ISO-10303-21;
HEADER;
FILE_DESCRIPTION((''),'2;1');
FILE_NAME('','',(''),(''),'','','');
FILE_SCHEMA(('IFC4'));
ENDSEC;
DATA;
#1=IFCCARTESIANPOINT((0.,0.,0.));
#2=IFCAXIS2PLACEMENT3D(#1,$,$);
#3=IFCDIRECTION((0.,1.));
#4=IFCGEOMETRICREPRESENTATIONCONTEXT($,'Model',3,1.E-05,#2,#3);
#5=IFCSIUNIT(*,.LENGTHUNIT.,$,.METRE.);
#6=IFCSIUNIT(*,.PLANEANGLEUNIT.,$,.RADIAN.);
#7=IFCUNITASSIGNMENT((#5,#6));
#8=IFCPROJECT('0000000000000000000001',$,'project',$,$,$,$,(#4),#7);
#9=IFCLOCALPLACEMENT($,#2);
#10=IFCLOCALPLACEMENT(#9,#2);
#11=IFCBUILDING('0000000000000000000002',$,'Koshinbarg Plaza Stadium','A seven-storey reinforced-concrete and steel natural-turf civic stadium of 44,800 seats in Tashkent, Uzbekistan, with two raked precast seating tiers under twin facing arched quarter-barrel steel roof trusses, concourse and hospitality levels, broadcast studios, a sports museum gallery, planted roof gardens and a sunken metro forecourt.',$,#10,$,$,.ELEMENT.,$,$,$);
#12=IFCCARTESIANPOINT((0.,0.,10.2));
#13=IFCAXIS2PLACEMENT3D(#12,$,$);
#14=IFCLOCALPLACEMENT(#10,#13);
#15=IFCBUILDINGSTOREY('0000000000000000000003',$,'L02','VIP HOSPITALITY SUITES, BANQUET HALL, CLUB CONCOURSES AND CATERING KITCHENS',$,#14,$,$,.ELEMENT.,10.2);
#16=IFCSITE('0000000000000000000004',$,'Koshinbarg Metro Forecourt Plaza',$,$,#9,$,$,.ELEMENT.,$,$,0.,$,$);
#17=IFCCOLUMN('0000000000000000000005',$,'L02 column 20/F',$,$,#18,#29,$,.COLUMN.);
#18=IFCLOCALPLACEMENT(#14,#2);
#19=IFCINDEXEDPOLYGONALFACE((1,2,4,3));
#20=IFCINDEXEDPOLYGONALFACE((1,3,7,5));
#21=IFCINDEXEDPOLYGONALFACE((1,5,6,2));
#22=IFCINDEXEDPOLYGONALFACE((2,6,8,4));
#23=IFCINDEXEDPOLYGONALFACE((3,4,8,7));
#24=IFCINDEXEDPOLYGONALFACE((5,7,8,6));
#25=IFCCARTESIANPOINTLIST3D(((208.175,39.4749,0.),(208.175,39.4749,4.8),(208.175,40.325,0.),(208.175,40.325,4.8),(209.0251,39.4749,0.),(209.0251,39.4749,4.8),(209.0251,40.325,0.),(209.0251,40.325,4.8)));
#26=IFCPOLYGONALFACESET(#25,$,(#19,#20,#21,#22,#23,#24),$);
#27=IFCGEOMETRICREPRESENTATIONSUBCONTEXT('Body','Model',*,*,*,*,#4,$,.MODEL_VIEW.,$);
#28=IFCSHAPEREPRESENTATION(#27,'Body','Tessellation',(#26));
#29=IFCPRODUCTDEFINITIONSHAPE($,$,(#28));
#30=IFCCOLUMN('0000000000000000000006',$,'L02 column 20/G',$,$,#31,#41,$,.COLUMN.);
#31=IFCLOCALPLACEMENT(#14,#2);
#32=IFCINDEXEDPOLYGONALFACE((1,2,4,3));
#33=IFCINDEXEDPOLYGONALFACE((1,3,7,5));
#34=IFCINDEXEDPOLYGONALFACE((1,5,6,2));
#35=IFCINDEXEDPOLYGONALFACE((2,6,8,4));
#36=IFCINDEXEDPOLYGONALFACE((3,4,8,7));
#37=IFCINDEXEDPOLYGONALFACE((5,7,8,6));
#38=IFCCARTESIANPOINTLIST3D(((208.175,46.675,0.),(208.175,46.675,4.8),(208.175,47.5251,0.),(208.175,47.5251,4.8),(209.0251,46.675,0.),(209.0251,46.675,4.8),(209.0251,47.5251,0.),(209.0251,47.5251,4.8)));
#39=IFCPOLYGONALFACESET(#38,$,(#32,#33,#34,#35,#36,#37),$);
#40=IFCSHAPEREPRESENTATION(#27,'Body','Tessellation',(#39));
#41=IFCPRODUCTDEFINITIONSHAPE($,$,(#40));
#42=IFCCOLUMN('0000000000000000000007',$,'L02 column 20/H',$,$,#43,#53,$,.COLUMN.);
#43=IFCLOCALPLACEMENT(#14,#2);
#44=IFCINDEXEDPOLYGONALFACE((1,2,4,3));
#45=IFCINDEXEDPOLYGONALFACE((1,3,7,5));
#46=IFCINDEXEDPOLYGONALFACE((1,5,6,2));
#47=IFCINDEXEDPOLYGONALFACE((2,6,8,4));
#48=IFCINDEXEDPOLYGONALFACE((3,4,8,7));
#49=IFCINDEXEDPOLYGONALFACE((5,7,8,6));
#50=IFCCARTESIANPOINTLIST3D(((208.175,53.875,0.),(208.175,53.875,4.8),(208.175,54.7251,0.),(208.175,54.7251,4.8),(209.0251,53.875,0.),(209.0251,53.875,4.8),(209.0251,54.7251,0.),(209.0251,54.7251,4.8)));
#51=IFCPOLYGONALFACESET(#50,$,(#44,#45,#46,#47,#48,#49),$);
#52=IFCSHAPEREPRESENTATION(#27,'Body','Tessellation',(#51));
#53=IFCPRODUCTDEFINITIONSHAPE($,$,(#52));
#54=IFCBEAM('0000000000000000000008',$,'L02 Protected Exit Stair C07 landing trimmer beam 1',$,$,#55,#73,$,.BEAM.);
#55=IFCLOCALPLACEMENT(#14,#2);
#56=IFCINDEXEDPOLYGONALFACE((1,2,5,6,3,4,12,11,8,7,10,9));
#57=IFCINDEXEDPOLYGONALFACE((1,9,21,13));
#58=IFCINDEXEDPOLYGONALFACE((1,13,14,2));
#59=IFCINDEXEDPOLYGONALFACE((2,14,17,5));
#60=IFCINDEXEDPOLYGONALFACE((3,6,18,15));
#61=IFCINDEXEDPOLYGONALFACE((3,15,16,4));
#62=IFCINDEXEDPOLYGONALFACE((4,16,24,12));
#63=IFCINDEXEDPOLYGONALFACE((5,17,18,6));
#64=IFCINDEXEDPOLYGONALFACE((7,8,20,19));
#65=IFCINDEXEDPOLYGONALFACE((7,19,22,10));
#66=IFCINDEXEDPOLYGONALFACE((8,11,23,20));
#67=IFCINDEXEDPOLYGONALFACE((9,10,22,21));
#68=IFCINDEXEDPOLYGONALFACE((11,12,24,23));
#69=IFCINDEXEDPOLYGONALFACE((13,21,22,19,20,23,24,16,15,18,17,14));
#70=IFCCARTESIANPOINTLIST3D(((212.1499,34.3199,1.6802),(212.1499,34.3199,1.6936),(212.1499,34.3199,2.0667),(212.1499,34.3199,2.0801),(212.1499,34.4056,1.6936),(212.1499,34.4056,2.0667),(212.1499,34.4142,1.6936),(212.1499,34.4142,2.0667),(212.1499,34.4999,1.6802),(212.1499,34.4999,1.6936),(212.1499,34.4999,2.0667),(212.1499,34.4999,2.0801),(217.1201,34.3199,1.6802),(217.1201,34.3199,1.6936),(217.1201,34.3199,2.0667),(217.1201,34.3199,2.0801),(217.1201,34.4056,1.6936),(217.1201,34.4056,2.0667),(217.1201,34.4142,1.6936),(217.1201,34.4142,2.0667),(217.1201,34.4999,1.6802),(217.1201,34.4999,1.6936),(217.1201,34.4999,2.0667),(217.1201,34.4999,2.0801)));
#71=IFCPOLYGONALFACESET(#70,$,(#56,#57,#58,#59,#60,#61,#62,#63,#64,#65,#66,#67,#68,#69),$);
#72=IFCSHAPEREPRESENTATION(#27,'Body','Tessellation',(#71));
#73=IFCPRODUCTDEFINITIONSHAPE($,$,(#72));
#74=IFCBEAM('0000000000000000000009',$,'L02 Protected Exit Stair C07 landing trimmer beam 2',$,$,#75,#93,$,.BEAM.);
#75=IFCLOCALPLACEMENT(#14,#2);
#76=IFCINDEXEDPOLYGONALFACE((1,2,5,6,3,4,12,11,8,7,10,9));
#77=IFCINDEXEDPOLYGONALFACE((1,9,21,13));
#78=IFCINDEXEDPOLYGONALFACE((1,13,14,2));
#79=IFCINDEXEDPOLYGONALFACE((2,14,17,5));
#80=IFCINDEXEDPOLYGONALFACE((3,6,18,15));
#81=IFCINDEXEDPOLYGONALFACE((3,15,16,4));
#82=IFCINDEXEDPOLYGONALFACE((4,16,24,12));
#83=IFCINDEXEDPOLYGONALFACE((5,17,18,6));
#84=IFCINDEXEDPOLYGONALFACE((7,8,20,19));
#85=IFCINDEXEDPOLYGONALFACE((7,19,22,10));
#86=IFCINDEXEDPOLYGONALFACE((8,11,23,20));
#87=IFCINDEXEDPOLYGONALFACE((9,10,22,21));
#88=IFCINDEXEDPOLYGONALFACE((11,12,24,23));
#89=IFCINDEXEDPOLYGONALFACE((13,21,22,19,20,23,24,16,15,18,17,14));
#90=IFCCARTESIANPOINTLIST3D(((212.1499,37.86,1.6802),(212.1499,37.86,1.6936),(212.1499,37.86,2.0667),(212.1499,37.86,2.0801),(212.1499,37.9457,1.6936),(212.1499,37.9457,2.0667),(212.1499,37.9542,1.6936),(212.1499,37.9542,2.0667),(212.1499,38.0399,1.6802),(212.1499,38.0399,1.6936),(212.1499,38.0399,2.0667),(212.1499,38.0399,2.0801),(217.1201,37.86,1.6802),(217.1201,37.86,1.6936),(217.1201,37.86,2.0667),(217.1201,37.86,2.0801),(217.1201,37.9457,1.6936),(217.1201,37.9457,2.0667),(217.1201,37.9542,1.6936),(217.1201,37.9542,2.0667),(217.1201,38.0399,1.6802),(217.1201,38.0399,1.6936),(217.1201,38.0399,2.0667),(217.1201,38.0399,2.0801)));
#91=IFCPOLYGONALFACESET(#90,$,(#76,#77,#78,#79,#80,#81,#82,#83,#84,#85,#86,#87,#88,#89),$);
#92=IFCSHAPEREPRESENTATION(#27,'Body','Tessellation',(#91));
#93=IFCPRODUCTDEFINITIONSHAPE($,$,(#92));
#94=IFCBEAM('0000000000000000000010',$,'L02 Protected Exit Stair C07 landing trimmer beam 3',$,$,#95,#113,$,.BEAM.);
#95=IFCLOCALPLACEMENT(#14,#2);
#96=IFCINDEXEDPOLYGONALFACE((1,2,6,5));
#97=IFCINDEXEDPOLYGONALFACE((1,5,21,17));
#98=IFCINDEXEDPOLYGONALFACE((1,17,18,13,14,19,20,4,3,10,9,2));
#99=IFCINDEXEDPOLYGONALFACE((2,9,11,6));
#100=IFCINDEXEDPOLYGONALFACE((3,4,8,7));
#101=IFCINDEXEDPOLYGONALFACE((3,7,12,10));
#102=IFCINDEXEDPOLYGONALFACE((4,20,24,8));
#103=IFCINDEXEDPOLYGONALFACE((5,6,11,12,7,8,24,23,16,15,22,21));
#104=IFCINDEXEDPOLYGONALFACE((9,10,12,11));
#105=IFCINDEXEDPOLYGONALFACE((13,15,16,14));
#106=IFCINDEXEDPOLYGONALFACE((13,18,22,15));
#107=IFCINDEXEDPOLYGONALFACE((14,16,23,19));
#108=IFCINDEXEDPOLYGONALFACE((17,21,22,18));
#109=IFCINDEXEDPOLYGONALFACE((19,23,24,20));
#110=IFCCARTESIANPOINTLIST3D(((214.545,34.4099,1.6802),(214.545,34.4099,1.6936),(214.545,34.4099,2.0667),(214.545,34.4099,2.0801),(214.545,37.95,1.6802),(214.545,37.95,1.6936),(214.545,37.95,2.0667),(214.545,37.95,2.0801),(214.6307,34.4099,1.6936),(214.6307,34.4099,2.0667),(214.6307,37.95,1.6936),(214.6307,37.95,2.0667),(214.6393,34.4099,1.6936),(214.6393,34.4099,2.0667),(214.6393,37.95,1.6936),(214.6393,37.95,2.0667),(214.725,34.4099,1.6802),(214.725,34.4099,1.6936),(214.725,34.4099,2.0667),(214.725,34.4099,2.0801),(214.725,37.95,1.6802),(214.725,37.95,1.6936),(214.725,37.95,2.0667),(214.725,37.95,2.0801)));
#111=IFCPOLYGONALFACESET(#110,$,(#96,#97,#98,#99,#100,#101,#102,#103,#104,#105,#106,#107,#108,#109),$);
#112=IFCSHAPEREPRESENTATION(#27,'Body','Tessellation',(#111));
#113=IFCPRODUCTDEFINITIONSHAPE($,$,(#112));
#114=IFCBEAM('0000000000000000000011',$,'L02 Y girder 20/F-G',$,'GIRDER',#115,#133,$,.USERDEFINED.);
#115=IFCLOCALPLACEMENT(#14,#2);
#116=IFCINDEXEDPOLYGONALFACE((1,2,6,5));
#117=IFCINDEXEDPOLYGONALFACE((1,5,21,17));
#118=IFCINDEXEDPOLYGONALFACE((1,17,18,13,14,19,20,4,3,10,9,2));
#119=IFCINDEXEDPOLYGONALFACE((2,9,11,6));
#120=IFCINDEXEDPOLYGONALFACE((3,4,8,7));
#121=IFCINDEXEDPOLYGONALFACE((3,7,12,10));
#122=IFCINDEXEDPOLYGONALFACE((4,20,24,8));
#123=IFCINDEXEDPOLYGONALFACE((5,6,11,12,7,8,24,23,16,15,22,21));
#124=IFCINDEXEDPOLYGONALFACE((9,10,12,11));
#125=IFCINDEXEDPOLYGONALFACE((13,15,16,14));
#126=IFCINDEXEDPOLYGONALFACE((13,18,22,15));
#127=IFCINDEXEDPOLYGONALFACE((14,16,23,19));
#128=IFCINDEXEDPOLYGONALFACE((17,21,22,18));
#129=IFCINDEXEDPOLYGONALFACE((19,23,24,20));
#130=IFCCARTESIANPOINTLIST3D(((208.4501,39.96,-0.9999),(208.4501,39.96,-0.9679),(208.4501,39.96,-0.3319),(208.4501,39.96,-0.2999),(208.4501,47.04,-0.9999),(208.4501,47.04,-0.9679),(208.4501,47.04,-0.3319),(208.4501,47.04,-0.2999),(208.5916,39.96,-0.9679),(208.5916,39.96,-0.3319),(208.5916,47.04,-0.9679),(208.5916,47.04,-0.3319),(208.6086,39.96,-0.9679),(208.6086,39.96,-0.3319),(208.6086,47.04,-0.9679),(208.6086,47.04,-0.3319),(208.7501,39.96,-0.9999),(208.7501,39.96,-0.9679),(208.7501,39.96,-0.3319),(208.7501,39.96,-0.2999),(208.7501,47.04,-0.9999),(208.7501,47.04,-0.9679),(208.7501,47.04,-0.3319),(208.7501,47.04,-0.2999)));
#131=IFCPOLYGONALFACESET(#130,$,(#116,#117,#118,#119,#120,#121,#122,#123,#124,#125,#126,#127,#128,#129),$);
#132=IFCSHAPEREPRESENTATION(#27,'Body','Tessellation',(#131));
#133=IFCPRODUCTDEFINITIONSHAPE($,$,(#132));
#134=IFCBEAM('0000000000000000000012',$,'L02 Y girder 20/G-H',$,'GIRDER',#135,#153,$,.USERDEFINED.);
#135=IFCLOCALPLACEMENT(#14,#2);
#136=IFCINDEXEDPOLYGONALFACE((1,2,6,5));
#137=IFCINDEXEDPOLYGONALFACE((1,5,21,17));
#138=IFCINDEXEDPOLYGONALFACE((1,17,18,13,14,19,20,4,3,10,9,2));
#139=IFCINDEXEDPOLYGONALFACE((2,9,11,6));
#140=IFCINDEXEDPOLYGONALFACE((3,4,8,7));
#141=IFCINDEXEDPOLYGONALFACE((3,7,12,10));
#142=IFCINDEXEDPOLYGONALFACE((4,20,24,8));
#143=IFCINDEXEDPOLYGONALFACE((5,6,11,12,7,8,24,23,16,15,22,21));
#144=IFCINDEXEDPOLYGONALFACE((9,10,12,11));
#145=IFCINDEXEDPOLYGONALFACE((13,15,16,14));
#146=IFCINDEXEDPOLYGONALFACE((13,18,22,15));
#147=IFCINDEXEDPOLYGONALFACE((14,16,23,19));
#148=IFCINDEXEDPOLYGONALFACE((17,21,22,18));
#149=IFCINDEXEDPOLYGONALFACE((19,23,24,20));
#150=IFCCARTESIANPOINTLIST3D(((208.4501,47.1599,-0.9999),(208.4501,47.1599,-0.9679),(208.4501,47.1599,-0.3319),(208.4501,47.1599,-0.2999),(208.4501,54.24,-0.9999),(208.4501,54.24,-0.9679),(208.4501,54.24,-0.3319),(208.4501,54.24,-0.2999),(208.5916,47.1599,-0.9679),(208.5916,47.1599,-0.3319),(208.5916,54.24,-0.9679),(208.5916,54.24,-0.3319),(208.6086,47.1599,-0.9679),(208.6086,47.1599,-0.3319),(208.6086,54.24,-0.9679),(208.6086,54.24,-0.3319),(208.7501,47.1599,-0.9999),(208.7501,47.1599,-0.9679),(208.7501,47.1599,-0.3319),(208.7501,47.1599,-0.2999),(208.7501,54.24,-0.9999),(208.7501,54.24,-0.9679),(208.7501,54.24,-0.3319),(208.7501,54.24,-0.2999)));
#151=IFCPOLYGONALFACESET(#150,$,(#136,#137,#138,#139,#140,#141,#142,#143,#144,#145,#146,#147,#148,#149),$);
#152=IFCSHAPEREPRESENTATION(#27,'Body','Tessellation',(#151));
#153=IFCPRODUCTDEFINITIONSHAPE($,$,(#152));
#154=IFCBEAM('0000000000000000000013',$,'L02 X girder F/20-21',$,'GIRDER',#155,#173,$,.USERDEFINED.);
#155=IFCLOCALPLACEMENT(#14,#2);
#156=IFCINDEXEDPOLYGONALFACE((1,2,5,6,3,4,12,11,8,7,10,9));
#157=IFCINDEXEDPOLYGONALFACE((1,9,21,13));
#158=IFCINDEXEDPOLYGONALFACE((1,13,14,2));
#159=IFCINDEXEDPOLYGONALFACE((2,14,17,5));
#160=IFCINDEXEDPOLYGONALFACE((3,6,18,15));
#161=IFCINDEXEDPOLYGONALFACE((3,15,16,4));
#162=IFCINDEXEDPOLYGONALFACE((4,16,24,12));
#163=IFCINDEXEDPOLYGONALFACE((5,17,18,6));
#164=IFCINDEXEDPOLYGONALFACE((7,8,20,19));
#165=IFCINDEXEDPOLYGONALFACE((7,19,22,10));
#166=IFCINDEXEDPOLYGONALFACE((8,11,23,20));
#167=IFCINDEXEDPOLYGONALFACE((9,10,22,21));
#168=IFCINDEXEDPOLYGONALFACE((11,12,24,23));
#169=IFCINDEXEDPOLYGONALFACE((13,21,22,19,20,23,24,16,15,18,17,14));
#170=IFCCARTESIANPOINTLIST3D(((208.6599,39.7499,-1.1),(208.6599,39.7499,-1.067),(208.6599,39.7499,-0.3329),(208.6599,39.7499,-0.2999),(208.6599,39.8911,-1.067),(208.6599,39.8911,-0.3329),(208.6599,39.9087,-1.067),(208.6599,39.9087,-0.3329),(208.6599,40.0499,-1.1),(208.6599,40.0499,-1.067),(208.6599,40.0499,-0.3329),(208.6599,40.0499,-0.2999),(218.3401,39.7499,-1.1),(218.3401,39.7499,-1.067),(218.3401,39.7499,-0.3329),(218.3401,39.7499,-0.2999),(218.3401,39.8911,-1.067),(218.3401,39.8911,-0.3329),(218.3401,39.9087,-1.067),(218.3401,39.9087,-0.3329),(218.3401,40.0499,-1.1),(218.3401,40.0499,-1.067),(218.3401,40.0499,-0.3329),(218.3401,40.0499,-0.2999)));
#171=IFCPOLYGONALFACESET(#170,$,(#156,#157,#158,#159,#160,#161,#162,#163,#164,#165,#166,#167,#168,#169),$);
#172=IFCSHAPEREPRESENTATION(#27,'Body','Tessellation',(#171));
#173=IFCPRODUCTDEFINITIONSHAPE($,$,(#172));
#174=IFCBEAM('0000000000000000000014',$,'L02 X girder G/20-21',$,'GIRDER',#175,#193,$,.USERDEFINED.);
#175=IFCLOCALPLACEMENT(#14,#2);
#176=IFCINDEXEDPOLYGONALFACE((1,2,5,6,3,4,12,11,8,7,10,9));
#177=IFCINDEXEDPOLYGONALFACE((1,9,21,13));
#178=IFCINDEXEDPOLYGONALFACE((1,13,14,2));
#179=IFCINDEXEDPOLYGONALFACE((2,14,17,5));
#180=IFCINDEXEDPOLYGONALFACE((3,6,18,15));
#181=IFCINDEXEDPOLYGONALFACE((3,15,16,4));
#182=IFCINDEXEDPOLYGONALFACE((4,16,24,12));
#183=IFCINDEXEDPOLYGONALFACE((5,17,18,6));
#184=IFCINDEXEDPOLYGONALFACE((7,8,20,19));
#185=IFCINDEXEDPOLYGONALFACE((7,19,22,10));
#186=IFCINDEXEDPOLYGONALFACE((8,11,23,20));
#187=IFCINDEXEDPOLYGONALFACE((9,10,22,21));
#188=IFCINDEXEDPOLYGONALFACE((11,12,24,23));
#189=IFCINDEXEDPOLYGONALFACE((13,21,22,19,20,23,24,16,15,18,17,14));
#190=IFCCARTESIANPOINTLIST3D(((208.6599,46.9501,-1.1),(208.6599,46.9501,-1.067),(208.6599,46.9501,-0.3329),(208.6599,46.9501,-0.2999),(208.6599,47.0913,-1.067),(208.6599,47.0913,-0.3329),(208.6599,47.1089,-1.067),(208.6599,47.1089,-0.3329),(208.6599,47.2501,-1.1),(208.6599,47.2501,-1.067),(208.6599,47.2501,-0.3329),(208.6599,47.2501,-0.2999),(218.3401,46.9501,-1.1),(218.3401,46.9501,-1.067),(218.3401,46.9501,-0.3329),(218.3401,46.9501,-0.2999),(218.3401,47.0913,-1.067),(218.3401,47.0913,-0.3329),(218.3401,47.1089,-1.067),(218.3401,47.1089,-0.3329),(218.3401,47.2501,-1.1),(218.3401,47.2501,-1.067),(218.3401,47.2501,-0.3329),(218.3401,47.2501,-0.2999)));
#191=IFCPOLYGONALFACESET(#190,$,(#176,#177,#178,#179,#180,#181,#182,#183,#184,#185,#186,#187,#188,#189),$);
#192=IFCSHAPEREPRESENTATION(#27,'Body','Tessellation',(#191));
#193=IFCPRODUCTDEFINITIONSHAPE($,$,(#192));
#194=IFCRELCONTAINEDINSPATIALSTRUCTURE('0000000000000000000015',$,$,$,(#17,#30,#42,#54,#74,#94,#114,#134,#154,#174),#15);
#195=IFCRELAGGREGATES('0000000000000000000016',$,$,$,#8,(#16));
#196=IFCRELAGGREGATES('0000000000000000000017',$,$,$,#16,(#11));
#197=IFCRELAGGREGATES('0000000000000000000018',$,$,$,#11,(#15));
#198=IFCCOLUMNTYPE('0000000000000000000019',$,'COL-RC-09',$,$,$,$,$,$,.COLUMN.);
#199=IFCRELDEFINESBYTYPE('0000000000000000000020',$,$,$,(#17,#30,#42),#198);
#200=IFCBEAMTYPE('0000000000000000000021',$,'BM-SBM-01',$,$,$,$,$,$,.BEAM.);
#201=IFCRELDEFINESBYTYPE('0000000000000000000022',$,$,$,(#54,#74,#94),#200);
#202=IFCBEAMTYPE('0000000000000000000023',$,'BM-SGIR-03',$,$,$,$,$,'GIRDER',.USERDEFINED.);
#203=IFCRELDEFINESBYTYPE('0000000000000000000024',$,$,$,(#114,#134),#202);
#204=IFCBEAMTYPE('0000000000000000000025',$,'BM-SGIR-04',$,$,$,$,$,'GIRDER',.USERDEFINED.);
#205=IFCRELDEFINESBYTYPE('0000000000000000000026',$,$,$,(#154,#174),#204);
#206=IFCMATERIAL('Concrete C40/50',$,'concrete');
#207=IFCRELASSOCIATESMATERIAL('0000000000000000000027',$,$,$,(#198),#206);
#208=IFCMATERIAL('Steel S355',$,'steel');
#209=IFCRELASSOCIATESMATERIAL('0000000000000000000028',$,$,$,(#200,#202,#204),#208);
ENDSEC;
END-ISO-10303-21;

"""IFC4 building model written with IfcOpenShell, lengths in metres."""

from ifc_helpers import new_model, si_unit, direction, frame, origin, origin_2d, place, context, subcontext, project, spatial, rectangle, i_section, extrude, material, material_profile, profile_set, type_object, element, save


model = new_model("IFC4")

# Units and contexts
model_context = context("Model", 3, precision=1e-05, world=origin(), true_north=direction((0.0, 1.0)))
body_context = subcontext(model_context, "Body", "Model", "MODEL_VIEW")
ifc_project = project(units=[si_unit("LENGTHUNIT", "METRE"), si_unit("PLANEANGLEUNIT", "RADIAN")], contexts=[model_context])

# Site, building, storey
site_placement = place(None, origin())
site = spatial("IfcSite", under=ifc_project, at=site_placement, Name="Koshinbarg Metro Forecourt Plaza", CompositionType="ELEMENT", RefElevation=0.0)
building_placement = place(site_placement, origin())
building = spatial("IfcBuilding", under=site, at=building_placement, Name="Koshinbarg Plaza Stadium", Description="A seven-storey reinforced-concrete and steel natural-turf civic stadium of 44,800 seats in Tashkent, Uzbekistan, with two raked precast seating tiers under twin facing arched quarter-barrel steel roof trusses, concourse and hospitality levels, broadcast studios, a sports museum gallery, planted roof gardens and a sunken metro forecourt.", CompositionType="ELEMENT")
storey_placement = place(building_placement, frame((0.0, 0.0, 10.2)))
storey = spatial("IfcBuildingStorey", under=building, at=storey_placement, Name="L02", Description="VIP HOSPITALITY SUITES, BANQUET HALL, CLUB CONCOURSES AND CATERING KITCHENS", CompositionType="ELEMENT", Elevation=10.2)

# Columns
ifc_material_1 = material(Name="Concrete C40/50", Category="concrete")
ifc_material_profile_1 = material_profile(ifc_material_1, rectangle(XDim=0.8501, YDim=0.8501, at=origin_2d()), Name="RC 850x850")
ifc_profile_set_1 = profile_set([ifc_material_profile_1], Name="Concrete C40/50")
column_type = type_object("IfcColumnType", Name="COL-RC-09", PredefinedType="COLUMN", material=ifc_profile_set_1)
for number, where, z_axis, x_axis, name in (
    (1, (208.6001, 39.8999, 0.0), (0.0, 0.0, 1.0), (1.0, 0.0, 0.0), "L02 column 20/F"),
    (2, (208.6001, 47.1001, 0.0), (0.0, 0.0, 1.0), (1.0, 0.0, 0.0), "L02 column 20/G"),
    (3, (208.6001, 54.3, 0.0), (0.0, 0.0, 1.0), (1.0, 0.0, 0.0), "L02 column 20/H"),
):
    element("IfcColumn", number, at=place(storey_placement, frame(where, z_axis=z_axis, x_axis=x_axis)), inside=storey, type_object=column_type, Name=name, PredefinedType="COLUMN", context=body_context, shape_type="SweptSolid", body=[
        extrude(rectangle(XDim=0.8501, YDim=0.8501, at=origin_2d()), origin(), (0.0, 0.0, 1.0), 4.8),
    ])

# Beams
ifc_material_2 = material(Name="Steel S355", Category="steel")
ifc_material_profile_2 = material_profile(ifc_material_2, i_section(OverallWidth=0.1799, OverallDepth=0.3999, WebThickness=0.0085, FlangeThickness=0.0134, at=origin_2d()), Name="IPE 400")
ifc_profile_set_2 = profile_set([ifc_material_profile_2], Name="Steel S355")
beam_type_1 = type_object("IfcBeamType", Name="BM-SBM-01", PredefinedType="BEAM", material=ifc_profile_set_2)
for number, where, z_axis, x_axis, name in (
    (4, (212.1499, 34.4099, 1.8801), (1.0, 0.0, 0.0), (0.0, 1.0, 0.0), "L02 Protected Exit Stair C07 landing trimmer beam 1"),
    (5, (212.1499, 37.95, 1.8801), (1.0, 0.0, 0.0), (0.0, 1.0, 0.0), "L02 Protected Exit Stair C07 landing trimmer beam 2"),
):
    element("IfcBeam", number, at=place(storey_placement, frame(where, z_axis=z_axis, x_axis=x_axis)), inside=storey, type_object=beam_type_1, Name=name, PredefinedType="BEAM", context=body_context, shape_type="SweptSolid", body=[
        extrude(i_section(OverallWidth=0.1799, OverallDepth=0.3999, WebThickness=0.0085, FlangeThickness=0.0134, at=origin_2d()), origin(), (0.0, 0.0, 1.0), 4.9702),
    ])
beam_placement = place(storey_placement, frame((214.635, 34.4099, 1.8801), z_axis=(0.0, 1.0, 0.0), x_axis=(-1.0, 0.0, 0.0)))
element("IfcBeam", 6, at=beam_placement, inside=storey, type_object=beam_type_1, Name="L02 Protected Exit Stair C07 landing trimmer beam 3", PredefinedType="BEAM", context=body_context, shape_type="SweptSolid", body=[
    extrude(i_section(OverallWidth=0.1799, OverallDepth=0.3999, WebThickness=0.0085, FlangeThickness=0.0134, at=origin_2d()), origin(), (0.0, 0.0, 1.0), 3.54),
])
ifc_material_profile_3 = material_profile(ifc_material_2, i_section(OverallWidth=0.3, OverallDepth=0.7, WebThickness=0.0171, FlangeThickness=0.032, at=origin_2d()), Name="HEB 700")
ifc_profile_set_3 = profile_set([ifc_material_profile_3], Name="Steel S355")
beam_type_2 = type_object("IfcBeamType", Name="BM-SGIR-03", ElementType="GIRDER", PredefinedType="USERDEFINED", material=ifc_profile_set_3)
for number, where, z_axis, x_axis, name in (
    (7, (208.6001, 39.96, -0.6499), (0.0, 1.0, 0.0), (-1.0, 0.0, 0.0), "L02 Y girder 20/F-G"),
    (8, (208.6001, 47.1599, -0.6499), (0.0, 1.0, 0.0), (-1.0, 0.0, 0.0), "L02 Y girder 20/G-H"),
):
    element("IfcBeam", number, at=place(storey_placement, frame(where, z_axis=z_axis, x_axis=x_axis)), inside=storey, type_object=beam_type_2, Name=name, ObjectType="GIRDER", PredefinedType="USERDEFINED", context=body_context, shape_type="SweptSolid", body=[
        extrude(i_section(OverallWidth=0.3, OverallDepth=0.7, WebThickness=0.0171, FlangeThickness=0.032, at=origin_2d()), origin(), (0.0, 0.0, 1.0), 7.0801),
    ])
ifc_material_profile_4 = material_profile(ifc_material_2, i_section(OverallWidth=0.3, OverallDepth=0.8, WebThickness=0.0176, FlangeThickness=0.033, at=origin_2d()), Name="HEB 800")
ifc_profile_set_4 = profile_set([ifc_material_profile_4], Name="Steel S355")
beam_type_3 = type_object("IfcBeamType", Name="BM-SGIR-04", ElementType="GIRDER", PredefinedType="USERDEFINED", material=ifc_profile_set_4)
for number, where, z_axis, x_axis, name in (
    (9, (208.6599, 39.8999, -0.7), (1.0, 0.0, 0.0), (0.0, 1.0, 0.0), "L02 X girder F/20-21"),
    (10, (208.6599, 47.1001, -0.7), (1.0, 0.0, 0.0), (0.0, 1.0, 0.0), "L02 X girder G/20-21"),
):
    element("IfcBeam", number, at=place(storey_placement, frame(where, z_axis=z_axis, x_axis=x_axis)), inside=storey, type_object=beam_type_3, Name=name, ObjectType="GIRDER", PredefinedType="USERDEFINED", context=body_context, shape_type="SweptSolid", body=[
        extrude(i_section(OverallWidth=0.3, OverallDepth=0.8, WebThickness=0.0176, FlangeThickness=0.033, at=origin_2d()), origin(), (0.0, 0.0, 1.0), 9.6802),
    ])

save(model, "model.ifc")
